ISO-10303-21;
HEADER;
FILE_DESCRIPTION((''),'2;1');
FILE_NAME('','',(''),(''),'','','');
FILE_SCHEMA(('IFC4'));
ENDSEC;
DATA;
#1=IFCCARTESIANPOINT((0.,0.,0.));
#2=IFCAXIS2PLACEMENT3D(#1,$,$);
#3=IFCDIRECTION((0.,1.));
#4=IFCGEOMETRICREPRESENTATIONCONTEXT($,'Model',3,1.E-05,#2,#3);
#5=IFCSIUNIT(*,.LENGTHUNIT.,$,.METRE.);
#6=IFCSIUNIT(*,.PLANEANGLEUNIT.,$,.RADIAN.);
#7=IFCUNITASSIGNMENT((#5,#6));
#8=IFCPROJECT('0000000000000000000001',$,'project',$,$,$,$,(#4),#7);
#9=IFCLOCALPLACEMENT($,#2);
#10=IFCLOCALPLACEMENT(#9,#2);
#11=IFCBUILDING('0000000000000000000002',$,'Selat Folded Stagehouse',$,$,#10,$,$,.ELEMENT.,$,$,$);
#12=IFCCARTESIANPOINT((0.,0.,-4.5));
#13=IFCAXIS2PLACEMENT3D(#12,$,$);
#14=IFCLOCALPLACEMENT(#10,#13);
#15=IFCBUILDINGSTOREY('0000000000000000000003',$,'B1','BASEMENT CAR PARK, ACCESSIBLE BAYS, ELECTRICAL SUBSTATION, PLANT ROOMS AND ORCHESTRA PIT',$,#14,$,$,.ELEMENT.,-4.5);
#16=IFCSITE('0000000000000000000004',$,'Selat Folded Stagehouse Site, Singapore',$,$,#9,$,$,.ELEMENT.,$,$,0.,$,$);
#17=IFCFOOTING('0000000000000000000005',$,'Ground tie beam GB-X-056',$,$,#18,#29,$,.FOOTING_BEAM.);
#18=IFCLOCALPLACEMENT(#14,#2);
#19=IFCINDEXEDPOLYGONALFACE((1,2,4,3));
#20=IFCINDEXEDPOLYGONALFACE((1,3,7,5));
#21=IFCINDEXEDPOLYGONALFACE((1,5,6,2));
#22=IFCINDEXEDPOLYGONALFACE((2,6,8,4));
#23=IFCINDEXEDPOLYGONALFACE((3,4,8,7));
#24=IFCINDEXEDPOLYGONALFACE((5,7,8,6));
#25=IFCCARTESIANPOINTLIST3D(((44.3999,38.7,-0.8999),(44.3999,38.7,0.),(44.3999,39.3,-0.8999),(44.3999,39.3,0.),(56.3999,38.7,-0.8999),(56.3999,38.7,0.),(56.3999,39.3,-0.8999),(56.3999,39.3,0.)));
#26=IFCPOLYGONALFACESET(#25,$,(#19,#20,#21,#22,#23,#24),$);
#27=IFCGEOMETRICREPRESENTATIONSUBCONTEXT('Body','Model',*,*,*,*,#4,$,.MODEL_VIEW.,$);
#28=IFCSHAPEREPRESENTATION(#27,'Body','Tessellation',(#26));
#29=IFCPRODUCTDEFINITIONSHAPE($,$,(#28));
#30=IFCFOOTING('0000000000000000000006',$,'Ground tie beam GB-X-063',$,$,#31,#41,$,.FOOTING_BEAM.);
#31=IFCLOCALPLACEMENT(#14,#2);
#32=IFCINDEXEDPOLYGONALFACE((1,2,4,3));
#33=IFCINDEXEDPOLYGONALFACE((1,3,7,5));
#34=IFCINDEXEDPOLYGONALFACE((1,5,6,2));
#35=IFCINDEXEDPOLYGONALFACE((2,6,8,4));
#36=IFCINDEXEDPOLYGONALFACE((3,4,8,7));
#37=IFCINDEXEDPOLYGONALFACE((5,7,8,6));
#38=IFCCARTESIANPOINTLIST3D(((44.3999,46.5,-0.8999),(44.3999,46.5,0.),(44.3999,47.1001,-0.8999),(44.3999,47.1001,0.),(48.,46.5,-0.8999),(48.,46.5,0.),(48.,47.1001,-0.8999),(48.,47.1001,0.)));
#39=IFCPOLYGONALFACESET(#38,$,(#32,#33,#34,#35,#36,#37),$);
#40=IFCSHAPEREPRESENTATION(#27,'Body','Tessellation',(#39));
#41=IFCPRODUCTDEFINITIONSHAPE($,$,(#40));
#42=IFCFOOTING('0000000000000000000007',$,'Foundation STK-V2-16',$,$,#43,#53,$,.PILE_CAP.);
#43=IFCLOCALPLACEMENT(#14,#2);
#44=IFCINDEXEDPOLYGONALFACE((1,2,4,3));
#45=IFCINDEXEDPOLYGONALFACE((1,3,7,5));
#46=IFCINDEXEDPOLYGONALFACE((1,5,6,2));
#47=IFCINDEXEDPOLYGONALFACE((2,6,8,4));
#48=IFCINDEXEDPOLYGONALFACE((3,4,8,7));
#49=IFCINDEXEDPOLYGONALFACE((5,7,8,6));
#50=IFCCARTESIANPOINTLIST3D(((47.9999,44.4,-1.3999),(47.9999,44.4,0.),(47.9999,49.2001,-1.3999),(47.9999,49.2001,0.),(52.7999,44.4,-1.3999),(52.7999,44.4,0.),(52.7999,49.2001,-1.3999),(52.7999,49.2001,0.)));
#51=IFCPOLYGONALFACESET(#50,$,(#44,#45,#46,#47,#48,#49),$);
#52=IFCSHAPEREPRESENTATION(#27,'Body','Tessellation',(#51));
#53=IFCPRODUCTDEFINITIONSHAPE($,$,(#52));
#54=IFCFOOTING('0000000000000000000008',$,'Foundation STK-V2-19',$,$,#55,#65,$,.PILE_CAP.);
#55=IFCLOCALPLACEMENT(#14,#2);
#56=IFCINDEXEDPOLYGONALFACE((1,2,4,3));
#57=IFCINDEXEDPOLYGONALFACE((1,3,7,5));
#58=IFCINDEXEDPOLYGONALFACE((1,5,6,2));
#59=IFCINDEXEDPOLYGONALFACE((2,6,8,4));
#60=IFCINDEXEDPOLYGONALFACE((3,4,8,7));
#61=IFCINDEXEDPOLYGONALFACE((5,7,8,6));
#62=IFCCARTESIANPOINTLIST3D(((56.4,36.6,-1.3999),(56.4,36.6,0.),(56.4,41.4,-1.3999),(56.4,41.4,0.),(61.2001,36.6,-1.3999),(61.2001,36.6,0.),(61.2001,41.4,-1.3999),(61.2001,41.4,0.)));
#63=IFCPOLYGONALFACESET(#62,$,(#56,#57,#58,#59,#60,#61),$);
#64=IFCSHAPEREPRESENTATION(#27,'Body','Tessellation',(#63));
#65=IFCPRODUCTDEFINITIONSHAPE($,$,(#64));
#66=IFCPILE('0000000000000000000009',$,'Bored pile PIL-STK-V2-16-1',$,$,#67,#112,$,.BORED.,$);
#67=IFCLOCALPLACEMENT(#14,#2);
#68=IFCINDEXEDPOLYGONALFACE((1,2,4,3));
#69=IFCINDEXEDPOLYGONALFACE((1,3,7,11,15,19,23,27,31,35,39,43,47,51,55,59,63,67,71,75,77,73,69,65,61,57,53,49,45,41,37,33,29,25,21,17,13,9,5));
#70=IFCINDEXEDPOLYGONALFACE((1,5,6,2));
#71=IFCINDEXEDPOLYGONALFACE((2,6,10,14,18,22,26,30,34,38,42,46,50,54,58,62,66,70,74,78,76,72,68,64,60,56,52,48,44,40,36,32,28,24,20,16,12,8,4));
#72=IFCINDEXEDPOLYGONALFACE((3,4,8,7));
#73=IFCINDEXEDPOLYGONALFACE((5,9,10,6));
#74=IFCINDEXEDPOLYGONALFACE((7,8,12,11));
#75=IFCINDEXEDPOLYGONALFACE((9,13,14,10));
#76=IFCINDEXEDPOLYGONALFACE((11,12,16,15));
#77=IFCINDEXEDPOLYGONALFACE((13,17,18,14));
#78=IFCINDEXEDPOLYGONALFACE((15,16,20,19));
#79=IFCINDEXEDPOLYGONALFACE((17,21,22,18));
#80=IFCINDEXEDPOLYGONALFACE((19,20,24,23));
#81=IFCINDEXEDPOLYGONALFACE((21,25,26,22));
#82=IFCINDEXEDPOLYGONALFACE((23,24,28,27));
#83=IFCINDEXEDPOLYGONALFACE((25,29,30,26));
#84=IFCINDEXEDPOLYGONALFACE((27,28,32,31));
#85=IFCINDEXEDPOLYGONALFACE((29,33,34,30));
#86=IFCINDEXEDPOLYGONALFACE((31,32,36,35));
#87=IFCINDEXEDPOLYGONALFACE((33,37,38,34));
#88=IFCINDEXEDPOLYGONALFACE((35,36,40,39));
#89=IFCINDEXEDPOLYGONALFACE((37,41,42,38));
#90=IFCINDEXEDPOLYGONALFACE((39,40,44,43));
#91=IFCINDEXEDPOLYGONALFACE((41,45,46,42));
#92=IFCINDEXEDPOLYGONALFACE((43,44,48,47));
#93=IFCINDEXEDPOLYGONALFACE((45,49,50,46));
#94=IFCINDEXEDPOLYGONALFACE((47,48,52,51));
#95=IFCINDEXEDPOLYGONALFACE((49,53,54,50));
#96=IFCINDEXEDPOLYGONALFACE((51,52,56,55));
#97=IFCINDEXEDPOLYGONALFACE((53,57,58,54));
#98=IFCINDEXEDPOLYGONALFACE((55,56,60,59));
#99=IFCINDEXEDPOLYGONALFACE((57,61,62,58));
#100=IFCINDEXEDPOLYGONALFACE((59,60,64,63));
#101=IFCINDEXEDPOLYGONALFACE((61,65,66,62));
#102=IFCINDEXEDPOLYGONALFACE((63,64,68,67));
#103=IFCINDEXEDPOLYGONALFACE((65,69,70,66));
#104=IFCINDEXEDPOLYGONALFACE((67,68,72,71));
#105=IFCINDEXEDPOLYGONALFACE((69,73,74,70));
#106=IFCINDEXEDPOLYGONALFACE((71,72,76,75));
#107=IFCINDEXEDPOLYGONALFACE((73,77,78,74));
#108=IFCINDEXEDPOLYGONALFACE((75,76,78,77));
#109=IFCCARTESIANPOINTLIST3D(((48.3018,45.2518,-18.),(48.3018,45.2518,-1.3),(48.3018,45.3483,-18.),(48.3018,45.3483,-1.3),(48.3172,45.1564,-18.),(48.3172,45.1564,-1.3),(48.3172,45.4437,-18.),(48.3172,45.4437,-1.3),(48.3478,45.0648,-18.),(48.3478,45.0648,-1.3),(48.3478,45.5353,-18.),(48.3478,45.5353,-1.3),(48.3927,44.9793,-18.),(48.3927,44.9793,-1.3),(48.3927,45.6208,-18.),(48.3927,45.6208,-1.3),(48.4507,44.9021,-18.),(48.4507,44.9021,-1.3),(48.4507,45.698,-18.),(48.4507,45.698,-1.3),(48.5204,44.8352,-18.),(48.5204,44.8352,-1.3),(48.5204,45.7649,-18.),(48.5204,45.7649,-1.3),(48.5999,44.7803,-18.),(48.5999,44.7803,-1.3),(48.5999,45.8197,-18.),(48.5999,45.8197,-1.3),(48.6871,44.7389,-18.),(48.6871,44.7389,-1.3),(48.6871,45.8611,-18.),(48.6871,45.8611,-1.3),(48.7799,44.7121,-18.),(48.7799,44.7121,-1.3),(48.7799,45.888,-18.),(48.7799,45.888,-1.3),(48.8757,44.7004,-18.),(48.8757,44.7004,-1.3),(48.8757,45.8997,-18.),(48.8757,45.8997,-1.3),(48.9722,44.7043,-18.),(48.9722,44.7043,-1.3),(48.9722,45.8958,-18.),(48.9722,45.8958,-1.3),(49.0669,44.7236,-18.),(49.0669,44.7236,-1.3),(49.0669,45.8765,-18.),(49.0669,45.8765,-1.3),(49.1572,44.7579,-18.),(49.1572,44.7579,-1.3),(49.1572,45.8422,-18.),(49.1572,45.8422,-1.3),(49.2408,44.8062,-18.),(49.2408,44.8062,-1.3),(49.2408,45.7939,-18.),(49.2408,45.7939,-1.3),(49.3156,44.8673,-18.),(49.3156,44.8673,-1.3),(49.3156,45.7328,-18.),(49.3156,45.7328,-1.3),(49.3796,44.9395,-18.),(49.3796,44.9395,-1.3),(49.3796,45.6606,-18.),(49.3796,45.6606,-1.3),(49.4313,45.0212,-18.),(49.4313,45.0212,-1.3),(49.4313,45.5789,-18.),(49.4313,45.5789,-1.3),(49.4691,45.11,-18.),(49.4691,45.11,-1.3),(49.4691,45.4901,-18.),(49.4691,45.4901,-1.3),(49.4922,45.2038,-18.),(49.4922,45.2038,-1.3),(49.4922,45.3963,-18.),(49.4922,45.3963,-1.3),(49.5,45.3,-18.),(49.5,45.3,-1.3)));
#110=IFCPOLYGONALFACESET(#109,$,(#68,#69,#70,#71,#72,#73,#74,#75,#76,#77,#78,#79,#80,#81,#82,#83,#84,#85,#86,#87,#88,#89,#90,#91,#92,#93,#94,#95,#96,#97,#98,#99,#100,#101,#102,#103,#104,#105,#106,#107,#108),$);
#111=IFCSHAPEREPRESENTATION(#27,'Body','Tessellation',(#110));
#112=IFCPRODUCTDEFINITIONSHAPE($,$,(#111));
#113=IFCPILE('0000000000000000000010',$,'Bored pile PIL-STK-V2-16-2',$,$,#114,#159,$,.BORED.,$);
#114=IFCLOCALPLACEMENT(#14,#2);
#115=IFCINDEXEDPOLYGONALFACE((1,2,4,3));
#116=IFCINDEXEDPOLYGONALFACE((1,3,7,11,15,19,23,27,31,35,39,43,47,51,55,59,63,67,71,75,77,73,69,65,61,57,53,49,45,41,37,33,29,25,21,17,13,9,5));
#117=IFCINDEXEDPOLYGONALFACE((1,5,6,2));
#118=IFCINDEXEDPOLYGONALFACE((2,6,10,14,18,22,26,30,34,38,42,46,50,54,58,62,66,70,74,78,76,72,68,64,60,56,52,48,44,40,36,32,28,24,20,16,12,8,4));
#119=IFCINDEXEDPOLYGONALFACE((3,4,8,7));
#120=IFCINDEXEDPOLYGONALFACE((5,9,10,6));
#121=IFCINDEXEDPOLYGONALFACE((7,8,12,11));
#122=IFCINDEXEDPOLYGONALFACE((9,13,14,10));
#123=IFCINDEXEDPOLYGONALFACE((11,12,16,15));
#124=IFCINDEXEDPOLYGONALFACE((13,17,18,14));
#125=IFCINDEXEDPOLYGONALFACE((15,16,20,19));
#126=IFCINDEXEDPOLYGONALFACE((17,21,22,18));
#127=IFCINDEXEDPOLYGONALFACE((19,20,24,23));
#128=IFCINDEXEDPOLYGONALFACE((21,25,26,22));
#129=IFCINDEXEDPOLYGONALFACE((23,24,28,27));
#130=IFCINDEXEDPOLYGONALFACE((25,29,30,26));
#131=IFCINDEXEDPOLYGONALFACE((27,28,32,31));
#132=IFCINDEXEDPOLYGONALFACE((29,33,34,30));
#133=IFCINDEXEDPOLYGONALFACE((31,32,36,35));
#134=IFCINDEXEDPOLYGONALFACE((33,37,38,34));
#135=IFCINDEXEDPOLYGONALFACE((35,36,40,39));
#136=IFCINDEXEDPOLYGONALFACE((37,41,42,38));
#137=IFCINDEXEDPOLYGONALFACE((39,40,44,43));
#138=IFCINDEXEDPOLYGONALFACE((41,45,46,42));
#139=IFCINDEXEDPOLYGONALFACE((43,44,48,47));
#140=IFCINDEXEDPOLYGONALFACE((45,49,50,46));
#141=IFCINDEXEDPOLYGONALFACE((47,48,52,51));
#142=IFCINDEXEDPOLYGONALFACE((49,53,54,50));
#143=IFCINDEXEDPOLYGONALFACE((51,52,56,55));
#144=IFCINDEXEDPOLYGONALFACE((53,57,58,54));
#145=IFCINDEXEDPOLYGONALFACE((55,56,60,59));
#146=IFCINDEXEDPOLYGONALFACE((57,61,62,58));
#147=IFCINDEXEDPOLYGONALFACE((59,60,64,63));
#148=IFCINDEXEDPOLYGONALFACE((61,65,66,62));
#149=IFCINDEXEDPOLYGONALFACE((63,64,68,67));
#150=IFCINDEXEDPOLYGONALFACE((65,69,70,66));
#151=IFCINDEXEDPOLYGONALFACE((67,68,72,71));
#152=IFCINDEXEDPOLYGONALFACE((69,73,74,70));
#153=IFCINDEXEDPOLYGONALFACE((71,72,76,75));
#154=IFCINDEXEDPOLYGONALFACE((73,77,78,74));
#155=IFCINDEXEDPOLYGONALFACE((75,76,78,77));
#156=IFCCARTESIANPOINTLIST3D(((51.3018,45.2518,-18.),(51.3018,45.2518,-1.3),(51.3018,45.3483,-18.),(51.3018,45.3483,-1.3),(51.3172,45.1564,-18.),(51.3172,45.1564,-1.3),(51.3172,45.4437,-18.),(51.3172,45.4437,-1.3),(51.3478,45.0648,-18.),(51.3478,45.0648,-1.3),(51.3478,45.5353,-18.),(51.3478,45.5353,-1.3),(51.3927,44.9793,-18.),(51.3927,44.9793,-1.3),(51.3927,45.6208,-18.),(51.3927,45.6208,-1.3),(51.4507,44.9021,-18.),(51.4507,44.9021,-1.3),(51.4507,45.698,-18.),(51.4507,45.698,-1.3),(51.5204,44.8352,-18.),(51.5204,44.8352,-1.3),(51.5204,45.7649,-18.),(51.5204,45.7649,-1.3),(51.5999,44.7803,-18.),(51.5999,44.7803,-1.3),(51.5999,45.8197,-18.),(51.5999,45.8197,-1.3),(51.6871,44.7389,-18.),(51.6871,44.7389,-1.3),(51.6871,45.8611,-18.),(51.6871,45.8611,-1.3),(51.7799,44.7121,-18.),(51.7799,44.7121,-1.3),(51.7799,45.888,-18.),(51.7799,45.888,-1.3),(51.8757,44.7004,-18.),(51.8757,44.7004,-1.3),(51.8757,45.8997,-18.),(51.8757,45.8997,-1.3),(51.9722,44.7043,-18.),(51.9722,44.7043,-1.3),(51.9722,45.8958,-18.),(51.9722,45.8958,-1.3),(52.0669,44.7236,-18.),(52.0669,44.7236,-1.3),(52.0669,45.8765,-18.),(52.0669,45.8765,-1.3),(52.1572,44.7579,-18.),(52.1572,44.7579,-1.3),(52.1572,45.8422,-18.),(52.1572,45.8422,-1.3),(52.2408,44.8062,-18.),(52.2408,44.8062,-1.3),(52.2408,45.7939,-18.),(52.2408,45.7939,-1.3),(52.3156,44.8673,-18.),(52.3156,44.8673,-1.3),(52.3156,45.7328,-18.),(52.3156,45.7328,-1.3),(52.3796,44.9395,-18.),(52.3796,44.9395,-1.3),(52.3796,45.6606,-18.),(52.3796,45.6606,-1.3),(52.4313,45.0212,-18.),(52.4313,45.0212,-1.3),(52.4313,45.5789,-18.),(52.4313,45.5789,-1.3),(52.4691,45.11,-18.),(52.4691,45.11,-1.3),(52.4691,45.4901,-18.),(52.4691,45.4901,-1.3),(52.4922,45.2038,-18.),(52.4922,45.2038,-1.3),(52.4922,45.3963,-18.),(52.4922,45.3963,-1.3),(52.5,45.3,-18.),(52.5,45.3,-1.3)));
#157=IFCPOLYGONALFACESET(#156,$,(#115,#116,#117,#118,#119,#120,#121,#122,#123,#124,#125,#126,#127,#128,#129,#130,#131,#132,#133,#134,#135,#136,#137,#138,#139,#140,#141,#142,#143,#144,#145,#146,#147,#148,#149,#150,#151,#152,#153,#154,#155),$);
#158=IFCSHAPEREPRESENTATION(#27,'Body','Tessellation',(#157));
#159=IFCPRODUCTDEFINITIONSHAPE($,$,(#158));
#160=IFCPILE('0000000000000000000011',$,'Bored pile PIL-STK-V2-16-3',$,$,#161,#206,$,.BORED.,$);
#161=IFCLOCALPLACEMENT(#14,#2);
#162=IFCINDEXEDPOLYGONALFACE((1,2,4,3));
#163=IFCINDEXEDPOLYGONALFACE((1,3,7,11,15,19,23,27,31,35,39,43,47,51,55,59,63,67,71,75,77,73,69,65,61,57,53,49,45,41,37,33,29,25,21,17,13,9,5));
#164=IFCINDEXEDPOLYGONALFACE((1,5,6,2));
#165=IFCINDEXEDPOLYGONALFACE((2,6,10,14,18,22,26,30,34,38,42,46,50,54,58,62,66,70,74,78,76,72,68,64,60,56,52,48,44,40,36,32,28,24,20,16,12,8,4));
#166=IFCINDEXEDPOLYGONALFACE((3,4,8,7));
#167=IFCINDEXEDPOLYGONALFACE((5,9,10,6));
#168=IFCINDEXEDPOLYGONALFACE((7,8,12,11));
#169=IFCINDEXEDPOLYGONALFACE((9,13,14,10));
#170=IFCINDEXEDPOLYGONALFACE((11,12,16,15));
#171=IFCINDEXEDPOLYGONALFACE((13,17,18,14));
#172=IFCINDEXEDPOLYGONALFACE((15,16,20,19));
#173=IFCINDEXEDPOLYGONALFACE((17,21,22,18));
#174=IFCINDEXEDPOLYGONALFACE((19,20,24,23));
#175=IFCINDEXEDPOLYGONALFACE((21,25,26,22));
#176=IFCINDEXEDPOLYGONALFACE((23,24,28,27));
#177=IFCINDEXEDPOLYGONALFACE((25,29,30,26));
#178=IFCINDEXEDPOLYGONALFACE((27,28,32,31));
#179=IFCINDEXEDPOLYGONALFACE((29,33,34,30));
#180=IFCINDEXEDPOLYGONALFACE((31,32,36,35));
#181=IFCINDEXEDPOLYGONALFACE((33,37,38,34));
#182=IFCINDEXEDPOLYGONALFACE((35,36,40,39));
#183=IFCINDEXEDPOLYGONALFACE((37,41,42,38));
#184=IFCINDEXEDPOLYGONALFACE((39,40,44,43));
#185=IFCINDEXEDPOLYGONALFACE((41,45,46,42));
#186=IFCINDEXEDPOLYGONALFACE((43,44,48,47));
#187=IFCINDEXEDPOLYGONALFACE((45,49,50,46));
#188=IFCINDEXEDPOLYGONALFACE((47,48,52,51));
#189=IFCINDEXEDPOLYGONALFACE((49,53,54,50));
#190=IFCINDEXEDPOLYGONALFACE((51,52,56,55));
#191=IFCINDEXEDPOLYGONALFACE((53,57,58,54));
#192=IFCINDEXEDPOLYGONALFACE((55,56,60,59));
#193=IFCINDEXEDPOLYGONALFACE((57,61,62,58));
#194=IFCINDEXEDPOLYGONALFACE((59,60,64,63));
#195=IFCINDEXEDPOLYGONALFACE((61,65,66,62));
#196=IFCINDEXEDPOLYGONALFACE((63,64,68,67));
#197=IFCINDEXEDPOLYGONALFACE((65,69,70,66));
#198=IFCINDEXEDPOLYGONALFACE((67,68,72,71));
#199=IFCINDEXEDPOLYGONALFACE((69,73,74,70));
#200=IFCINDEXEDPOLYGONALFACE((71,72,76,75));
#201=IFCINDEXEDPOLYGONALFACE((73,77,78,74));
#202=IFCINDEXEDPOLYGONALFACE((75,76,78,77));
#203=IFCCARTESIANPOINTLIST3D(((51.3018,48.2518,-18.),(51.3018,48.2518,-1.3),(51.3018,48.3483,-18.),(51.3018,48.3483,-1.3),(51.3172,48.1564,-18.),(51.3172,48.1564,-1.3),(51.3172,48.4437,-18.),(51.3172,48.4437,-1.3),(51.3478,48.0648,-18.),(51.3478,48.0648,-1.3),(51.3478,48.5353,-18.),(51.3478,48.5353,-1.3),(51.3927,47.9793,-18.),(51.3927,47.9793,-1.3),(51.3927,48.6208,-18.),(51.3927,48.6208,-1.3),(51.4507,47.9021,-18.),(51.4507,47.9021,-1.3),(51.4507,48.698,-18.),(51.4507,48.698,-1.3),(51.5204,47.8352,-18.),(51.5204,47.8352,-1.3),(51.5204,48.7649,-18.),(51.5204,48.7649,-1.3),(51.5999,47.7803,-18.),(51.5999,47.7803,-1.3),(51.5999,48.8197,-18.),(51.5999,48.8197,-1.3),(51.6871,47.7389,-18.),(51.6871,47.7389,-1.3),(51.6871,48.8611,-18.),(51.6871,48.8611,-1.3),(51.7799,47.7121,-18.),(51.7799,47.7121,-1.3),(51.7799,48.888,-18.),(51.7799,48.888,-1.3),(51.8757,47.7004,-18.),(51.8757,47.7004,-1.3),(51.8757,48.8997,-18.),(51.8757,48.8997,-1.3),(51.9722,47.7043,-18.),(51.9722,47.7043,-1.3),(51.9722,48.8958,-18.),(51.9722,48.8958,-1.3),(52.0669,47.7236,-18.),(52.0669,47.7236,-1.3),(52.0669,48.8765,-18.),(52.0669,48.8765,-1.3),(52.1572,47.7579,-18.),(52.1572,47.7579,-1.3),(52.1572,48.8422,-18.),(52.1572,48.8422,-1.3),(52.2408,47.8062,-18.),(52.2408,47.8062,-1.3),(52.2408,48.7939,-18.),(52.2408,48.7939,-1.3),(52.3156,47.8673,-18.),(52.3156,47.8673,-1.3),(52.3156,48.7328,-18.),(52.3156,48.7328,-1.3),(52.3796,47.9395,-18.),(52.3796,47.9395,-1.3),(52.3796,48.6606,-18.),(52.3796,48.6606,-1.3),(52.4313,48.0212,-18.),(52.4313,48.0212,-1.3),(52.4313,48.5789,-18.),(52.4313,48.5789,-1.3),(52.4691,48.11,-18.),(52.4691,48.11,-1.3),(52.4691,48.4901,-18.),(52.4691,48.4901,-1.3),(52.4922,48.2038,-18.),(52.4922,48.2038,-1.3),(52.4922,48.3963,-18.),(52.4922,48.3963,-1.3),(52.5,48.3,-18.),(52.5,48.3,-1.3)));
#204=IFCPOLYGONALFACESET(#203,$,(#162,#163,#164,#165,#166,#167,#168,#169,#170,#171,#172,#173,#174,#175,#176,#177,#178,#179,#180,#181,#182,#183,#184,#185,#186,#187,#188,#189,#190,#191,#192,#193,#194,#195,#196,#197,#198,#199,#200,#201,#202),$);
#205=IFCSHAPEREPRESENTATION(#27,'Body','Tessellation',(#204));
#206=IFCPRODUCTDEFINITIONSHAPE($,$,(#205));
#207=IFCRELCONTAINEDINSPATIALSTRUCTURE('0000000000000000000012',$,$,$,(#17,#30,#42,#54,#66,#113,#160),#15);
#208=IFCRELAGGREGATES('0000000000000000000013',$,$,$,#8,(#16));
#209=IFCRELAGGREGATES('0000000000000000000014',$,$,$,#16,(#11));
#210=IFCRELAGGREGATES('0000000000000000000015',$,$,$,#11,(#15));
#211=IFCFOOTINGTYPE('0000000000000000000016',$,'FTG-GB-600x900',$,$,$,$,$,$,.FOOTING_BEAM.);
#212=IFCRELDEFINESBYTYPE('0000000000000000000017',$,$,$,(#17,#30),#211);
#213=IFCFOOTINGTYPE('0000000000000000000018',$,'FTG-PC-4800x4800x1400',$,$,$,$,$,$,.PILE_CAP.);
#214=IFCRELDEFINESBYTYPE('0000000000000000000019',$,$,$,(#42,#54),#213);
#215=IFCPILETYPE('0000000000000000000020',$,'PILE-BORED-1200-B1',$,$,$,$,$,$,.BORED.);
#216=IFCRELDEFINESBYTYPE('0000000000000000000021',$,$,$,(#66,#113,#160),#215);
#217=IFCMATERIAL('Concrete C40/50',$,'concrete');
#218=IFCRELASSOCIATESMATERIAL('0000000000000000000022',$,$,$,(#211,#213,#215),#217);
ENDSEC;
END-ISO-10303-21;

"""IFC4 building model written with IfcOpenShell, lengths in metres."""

from ifc_helpers import new_model, si_unit, direction, frame, origin, origin_2d, place, context, subcontext, project, spatial, rectangle, circle, extrude, material, material_profile, profile_set, type_object, element, save


model = new_model("IFC4")

# Units and contexts
model_context = context("Model", 3, precision=1e-05, world=origin(), true_north=direction((0.0, 1.0)))
body_context = subcontext(model_context, "Body", "Model", "MODEL_VIEW")
ifc_project = project(units=[si_unit("LENGTHUNIT", "METRE"), si_unit("PLANEANGLEUNIT", "RADIAN")], contexts=[model_context])

# Site, building, storey
site_placement = place(None, origin())
site = spatial("IfcSite", under=ifc_project, at=site_placement, Name="Selat Folded Stagehouse Site, Singapore", CompositionType="ELEMENT", RefElevation=0.0)
building_placement = place(site_placement, origin())
building = spatial("IfcBuilding", under=site, at=building_placement, Name="Selat Folded Stagehouse", CompositionType="ELEMENT")
storey_placement = place(building_placement, frame((0.0, 0.0, -4.5)))
storey = spatial("IfcBuildingStorey", under=building, at=storey_placement, Name="B1", Description="BASEMENT CAR PARK, ACCESSIBLE BAYS, ELECTRICAL SUBSTATION, PLANT ROOMS AND ORCHESTRA PIT", CompositionType="ELEMENT", Elevation=-4.5)

# Footings
ifc_material_1 = material(Name="Concrete C40/50", Category="concrete")
ifc_material_profile_1 = material_profile(ifc_material_1, rectangle(XDim=0.6001, YDim=0.8999, at=origin_2d()), Name="RC 900x600")
ifc_profile_set_1 = profile_set([ifc_material_profile_1], Name="Concrete C40/50")
footing_type_1 = type_object("IfcFootingType", Name="FTG-GB-600x900", PredefinedType="FOOTING_BEAM", material=ifc_profile_set_1)
footing_1_placement = place(storey_placement, frame((44.3999, 39.0, -0.45), z_axis=(1.0, 0.0, 0.0), x_axis=(0.0, 1.0, 0.0)))
element("IfcFooting", 1, at=footing_1_placement, inside=storey, type_object=footing_type_1, Name="Ground tie beam GB-X-056", PredefinedType="FOOTING_BEAM", context=body_context, shape_type="SweptSolid", body=[
    extrude(rectangle(XDim=0.6001, YDim=0.8999, at=origin_2d()), origin(), (0.0, 0.0, 1.0), 12.0),
])
footing_2_placement = place(storey_placement, frame((44.3999, 46.8, -0.45), z_axis=(1.0, 0.0, 0.0), x_axis=(0.0, 1.0, 0.0)))
element("IfcFooting", 2, at=footing_2_placement, inside=storey, type_object=footing_type_1, Name="Ground tie beam GB-X-063", PredefinedType="FOOTING_BEAM", context=body_context, shape_type="SweptSolid", body=[
    extrude(rectangle(XDim=0.6001, YDim=0.8999, at=origin_2d()), origin(), (0.0, 0.0, 1.0), 3.6001),
])
footing_type_2 = type_object("IfcFootingType", Name="FTG-PC-4800x4800x1400", PredefinedType="PILE_CAP", material=ifc_material_1)
for number, where, z_axis, x_axis, name in (
    (3, (50.3999, 46.8, -1.3999), (0.0, 0.0, 1.0), (1.0, 0.0, 0.0), "Foundation STK-V2-16"),
    (4, (58.8, 39.0, -1.3999), (0.0, 0.0, 1.0), (1.0, 0.0, 0.0), "Foundation STK-V2-19"),
):
    element("IfcFooting", number, at=place(storey_placement, frame(where, z_axis=z_axis, x_axis=x_axis)), inside=storey, type_object=footing_type_2, Name=name, PredefinedType="PILE_CAP", context=body_context, shape_type="SweptSolid", body=[
        extrude(rectangle(XDim=4.8, YDim=4.8, at=origin_2d()), origin(), (0.0, 0.0, 1.0), 1.3999),
    ])

# Piles
ifc_material_profile_2 = material_profile(ifc_material_1, circle(Radius=0.6001, at=origin_2d()), Name="PILE D1200")
ifc_profile_set_2 = profile_set([ifc_material_profile_2], Name="Concrete C40/50")
pile_type = type_object("IfcPileType", Name="PILE-BORED-1200-B1", PredefinedType="BORED", material=ifc_profile_set_2)
for number, where, z_axis, x_axis, name in (
    (5, (48.8999, 45.3, -1.3), (0.0, 0.0, -1.0), (1.0, 0.0, 0.0), "Bored pile PIL-STK-V2-16-1"),
    (6, (51.8999, 45.3, -1.3), (0.0, 0.0, -1.0), (1.0, 0.0, 0.0), "Bored pile PIL-STK-V2-16-2"),
    (7, (51.8999, 48.3, -1.3), (0.0, 0.0, -1.0), (1.0, 0.0, 0.0), "Bored pile PIL-STK-V2-16-3"),
):
    element("IfcPile", number, at=place(storey_placement, frame(where, z_axis=z_axis, x_axis=x_axis)), inside=storey, type_object=pile_type, Name=name, PredefinedType="BORED", context=body_context, shape_type="SweptSolid", body=[
        extrude(circle(Radius=0.6001, at=origin_2d()), origin(), (0.0, 0.0, 1.0), 16.7),
    ])

save(model, "model.ifc")
